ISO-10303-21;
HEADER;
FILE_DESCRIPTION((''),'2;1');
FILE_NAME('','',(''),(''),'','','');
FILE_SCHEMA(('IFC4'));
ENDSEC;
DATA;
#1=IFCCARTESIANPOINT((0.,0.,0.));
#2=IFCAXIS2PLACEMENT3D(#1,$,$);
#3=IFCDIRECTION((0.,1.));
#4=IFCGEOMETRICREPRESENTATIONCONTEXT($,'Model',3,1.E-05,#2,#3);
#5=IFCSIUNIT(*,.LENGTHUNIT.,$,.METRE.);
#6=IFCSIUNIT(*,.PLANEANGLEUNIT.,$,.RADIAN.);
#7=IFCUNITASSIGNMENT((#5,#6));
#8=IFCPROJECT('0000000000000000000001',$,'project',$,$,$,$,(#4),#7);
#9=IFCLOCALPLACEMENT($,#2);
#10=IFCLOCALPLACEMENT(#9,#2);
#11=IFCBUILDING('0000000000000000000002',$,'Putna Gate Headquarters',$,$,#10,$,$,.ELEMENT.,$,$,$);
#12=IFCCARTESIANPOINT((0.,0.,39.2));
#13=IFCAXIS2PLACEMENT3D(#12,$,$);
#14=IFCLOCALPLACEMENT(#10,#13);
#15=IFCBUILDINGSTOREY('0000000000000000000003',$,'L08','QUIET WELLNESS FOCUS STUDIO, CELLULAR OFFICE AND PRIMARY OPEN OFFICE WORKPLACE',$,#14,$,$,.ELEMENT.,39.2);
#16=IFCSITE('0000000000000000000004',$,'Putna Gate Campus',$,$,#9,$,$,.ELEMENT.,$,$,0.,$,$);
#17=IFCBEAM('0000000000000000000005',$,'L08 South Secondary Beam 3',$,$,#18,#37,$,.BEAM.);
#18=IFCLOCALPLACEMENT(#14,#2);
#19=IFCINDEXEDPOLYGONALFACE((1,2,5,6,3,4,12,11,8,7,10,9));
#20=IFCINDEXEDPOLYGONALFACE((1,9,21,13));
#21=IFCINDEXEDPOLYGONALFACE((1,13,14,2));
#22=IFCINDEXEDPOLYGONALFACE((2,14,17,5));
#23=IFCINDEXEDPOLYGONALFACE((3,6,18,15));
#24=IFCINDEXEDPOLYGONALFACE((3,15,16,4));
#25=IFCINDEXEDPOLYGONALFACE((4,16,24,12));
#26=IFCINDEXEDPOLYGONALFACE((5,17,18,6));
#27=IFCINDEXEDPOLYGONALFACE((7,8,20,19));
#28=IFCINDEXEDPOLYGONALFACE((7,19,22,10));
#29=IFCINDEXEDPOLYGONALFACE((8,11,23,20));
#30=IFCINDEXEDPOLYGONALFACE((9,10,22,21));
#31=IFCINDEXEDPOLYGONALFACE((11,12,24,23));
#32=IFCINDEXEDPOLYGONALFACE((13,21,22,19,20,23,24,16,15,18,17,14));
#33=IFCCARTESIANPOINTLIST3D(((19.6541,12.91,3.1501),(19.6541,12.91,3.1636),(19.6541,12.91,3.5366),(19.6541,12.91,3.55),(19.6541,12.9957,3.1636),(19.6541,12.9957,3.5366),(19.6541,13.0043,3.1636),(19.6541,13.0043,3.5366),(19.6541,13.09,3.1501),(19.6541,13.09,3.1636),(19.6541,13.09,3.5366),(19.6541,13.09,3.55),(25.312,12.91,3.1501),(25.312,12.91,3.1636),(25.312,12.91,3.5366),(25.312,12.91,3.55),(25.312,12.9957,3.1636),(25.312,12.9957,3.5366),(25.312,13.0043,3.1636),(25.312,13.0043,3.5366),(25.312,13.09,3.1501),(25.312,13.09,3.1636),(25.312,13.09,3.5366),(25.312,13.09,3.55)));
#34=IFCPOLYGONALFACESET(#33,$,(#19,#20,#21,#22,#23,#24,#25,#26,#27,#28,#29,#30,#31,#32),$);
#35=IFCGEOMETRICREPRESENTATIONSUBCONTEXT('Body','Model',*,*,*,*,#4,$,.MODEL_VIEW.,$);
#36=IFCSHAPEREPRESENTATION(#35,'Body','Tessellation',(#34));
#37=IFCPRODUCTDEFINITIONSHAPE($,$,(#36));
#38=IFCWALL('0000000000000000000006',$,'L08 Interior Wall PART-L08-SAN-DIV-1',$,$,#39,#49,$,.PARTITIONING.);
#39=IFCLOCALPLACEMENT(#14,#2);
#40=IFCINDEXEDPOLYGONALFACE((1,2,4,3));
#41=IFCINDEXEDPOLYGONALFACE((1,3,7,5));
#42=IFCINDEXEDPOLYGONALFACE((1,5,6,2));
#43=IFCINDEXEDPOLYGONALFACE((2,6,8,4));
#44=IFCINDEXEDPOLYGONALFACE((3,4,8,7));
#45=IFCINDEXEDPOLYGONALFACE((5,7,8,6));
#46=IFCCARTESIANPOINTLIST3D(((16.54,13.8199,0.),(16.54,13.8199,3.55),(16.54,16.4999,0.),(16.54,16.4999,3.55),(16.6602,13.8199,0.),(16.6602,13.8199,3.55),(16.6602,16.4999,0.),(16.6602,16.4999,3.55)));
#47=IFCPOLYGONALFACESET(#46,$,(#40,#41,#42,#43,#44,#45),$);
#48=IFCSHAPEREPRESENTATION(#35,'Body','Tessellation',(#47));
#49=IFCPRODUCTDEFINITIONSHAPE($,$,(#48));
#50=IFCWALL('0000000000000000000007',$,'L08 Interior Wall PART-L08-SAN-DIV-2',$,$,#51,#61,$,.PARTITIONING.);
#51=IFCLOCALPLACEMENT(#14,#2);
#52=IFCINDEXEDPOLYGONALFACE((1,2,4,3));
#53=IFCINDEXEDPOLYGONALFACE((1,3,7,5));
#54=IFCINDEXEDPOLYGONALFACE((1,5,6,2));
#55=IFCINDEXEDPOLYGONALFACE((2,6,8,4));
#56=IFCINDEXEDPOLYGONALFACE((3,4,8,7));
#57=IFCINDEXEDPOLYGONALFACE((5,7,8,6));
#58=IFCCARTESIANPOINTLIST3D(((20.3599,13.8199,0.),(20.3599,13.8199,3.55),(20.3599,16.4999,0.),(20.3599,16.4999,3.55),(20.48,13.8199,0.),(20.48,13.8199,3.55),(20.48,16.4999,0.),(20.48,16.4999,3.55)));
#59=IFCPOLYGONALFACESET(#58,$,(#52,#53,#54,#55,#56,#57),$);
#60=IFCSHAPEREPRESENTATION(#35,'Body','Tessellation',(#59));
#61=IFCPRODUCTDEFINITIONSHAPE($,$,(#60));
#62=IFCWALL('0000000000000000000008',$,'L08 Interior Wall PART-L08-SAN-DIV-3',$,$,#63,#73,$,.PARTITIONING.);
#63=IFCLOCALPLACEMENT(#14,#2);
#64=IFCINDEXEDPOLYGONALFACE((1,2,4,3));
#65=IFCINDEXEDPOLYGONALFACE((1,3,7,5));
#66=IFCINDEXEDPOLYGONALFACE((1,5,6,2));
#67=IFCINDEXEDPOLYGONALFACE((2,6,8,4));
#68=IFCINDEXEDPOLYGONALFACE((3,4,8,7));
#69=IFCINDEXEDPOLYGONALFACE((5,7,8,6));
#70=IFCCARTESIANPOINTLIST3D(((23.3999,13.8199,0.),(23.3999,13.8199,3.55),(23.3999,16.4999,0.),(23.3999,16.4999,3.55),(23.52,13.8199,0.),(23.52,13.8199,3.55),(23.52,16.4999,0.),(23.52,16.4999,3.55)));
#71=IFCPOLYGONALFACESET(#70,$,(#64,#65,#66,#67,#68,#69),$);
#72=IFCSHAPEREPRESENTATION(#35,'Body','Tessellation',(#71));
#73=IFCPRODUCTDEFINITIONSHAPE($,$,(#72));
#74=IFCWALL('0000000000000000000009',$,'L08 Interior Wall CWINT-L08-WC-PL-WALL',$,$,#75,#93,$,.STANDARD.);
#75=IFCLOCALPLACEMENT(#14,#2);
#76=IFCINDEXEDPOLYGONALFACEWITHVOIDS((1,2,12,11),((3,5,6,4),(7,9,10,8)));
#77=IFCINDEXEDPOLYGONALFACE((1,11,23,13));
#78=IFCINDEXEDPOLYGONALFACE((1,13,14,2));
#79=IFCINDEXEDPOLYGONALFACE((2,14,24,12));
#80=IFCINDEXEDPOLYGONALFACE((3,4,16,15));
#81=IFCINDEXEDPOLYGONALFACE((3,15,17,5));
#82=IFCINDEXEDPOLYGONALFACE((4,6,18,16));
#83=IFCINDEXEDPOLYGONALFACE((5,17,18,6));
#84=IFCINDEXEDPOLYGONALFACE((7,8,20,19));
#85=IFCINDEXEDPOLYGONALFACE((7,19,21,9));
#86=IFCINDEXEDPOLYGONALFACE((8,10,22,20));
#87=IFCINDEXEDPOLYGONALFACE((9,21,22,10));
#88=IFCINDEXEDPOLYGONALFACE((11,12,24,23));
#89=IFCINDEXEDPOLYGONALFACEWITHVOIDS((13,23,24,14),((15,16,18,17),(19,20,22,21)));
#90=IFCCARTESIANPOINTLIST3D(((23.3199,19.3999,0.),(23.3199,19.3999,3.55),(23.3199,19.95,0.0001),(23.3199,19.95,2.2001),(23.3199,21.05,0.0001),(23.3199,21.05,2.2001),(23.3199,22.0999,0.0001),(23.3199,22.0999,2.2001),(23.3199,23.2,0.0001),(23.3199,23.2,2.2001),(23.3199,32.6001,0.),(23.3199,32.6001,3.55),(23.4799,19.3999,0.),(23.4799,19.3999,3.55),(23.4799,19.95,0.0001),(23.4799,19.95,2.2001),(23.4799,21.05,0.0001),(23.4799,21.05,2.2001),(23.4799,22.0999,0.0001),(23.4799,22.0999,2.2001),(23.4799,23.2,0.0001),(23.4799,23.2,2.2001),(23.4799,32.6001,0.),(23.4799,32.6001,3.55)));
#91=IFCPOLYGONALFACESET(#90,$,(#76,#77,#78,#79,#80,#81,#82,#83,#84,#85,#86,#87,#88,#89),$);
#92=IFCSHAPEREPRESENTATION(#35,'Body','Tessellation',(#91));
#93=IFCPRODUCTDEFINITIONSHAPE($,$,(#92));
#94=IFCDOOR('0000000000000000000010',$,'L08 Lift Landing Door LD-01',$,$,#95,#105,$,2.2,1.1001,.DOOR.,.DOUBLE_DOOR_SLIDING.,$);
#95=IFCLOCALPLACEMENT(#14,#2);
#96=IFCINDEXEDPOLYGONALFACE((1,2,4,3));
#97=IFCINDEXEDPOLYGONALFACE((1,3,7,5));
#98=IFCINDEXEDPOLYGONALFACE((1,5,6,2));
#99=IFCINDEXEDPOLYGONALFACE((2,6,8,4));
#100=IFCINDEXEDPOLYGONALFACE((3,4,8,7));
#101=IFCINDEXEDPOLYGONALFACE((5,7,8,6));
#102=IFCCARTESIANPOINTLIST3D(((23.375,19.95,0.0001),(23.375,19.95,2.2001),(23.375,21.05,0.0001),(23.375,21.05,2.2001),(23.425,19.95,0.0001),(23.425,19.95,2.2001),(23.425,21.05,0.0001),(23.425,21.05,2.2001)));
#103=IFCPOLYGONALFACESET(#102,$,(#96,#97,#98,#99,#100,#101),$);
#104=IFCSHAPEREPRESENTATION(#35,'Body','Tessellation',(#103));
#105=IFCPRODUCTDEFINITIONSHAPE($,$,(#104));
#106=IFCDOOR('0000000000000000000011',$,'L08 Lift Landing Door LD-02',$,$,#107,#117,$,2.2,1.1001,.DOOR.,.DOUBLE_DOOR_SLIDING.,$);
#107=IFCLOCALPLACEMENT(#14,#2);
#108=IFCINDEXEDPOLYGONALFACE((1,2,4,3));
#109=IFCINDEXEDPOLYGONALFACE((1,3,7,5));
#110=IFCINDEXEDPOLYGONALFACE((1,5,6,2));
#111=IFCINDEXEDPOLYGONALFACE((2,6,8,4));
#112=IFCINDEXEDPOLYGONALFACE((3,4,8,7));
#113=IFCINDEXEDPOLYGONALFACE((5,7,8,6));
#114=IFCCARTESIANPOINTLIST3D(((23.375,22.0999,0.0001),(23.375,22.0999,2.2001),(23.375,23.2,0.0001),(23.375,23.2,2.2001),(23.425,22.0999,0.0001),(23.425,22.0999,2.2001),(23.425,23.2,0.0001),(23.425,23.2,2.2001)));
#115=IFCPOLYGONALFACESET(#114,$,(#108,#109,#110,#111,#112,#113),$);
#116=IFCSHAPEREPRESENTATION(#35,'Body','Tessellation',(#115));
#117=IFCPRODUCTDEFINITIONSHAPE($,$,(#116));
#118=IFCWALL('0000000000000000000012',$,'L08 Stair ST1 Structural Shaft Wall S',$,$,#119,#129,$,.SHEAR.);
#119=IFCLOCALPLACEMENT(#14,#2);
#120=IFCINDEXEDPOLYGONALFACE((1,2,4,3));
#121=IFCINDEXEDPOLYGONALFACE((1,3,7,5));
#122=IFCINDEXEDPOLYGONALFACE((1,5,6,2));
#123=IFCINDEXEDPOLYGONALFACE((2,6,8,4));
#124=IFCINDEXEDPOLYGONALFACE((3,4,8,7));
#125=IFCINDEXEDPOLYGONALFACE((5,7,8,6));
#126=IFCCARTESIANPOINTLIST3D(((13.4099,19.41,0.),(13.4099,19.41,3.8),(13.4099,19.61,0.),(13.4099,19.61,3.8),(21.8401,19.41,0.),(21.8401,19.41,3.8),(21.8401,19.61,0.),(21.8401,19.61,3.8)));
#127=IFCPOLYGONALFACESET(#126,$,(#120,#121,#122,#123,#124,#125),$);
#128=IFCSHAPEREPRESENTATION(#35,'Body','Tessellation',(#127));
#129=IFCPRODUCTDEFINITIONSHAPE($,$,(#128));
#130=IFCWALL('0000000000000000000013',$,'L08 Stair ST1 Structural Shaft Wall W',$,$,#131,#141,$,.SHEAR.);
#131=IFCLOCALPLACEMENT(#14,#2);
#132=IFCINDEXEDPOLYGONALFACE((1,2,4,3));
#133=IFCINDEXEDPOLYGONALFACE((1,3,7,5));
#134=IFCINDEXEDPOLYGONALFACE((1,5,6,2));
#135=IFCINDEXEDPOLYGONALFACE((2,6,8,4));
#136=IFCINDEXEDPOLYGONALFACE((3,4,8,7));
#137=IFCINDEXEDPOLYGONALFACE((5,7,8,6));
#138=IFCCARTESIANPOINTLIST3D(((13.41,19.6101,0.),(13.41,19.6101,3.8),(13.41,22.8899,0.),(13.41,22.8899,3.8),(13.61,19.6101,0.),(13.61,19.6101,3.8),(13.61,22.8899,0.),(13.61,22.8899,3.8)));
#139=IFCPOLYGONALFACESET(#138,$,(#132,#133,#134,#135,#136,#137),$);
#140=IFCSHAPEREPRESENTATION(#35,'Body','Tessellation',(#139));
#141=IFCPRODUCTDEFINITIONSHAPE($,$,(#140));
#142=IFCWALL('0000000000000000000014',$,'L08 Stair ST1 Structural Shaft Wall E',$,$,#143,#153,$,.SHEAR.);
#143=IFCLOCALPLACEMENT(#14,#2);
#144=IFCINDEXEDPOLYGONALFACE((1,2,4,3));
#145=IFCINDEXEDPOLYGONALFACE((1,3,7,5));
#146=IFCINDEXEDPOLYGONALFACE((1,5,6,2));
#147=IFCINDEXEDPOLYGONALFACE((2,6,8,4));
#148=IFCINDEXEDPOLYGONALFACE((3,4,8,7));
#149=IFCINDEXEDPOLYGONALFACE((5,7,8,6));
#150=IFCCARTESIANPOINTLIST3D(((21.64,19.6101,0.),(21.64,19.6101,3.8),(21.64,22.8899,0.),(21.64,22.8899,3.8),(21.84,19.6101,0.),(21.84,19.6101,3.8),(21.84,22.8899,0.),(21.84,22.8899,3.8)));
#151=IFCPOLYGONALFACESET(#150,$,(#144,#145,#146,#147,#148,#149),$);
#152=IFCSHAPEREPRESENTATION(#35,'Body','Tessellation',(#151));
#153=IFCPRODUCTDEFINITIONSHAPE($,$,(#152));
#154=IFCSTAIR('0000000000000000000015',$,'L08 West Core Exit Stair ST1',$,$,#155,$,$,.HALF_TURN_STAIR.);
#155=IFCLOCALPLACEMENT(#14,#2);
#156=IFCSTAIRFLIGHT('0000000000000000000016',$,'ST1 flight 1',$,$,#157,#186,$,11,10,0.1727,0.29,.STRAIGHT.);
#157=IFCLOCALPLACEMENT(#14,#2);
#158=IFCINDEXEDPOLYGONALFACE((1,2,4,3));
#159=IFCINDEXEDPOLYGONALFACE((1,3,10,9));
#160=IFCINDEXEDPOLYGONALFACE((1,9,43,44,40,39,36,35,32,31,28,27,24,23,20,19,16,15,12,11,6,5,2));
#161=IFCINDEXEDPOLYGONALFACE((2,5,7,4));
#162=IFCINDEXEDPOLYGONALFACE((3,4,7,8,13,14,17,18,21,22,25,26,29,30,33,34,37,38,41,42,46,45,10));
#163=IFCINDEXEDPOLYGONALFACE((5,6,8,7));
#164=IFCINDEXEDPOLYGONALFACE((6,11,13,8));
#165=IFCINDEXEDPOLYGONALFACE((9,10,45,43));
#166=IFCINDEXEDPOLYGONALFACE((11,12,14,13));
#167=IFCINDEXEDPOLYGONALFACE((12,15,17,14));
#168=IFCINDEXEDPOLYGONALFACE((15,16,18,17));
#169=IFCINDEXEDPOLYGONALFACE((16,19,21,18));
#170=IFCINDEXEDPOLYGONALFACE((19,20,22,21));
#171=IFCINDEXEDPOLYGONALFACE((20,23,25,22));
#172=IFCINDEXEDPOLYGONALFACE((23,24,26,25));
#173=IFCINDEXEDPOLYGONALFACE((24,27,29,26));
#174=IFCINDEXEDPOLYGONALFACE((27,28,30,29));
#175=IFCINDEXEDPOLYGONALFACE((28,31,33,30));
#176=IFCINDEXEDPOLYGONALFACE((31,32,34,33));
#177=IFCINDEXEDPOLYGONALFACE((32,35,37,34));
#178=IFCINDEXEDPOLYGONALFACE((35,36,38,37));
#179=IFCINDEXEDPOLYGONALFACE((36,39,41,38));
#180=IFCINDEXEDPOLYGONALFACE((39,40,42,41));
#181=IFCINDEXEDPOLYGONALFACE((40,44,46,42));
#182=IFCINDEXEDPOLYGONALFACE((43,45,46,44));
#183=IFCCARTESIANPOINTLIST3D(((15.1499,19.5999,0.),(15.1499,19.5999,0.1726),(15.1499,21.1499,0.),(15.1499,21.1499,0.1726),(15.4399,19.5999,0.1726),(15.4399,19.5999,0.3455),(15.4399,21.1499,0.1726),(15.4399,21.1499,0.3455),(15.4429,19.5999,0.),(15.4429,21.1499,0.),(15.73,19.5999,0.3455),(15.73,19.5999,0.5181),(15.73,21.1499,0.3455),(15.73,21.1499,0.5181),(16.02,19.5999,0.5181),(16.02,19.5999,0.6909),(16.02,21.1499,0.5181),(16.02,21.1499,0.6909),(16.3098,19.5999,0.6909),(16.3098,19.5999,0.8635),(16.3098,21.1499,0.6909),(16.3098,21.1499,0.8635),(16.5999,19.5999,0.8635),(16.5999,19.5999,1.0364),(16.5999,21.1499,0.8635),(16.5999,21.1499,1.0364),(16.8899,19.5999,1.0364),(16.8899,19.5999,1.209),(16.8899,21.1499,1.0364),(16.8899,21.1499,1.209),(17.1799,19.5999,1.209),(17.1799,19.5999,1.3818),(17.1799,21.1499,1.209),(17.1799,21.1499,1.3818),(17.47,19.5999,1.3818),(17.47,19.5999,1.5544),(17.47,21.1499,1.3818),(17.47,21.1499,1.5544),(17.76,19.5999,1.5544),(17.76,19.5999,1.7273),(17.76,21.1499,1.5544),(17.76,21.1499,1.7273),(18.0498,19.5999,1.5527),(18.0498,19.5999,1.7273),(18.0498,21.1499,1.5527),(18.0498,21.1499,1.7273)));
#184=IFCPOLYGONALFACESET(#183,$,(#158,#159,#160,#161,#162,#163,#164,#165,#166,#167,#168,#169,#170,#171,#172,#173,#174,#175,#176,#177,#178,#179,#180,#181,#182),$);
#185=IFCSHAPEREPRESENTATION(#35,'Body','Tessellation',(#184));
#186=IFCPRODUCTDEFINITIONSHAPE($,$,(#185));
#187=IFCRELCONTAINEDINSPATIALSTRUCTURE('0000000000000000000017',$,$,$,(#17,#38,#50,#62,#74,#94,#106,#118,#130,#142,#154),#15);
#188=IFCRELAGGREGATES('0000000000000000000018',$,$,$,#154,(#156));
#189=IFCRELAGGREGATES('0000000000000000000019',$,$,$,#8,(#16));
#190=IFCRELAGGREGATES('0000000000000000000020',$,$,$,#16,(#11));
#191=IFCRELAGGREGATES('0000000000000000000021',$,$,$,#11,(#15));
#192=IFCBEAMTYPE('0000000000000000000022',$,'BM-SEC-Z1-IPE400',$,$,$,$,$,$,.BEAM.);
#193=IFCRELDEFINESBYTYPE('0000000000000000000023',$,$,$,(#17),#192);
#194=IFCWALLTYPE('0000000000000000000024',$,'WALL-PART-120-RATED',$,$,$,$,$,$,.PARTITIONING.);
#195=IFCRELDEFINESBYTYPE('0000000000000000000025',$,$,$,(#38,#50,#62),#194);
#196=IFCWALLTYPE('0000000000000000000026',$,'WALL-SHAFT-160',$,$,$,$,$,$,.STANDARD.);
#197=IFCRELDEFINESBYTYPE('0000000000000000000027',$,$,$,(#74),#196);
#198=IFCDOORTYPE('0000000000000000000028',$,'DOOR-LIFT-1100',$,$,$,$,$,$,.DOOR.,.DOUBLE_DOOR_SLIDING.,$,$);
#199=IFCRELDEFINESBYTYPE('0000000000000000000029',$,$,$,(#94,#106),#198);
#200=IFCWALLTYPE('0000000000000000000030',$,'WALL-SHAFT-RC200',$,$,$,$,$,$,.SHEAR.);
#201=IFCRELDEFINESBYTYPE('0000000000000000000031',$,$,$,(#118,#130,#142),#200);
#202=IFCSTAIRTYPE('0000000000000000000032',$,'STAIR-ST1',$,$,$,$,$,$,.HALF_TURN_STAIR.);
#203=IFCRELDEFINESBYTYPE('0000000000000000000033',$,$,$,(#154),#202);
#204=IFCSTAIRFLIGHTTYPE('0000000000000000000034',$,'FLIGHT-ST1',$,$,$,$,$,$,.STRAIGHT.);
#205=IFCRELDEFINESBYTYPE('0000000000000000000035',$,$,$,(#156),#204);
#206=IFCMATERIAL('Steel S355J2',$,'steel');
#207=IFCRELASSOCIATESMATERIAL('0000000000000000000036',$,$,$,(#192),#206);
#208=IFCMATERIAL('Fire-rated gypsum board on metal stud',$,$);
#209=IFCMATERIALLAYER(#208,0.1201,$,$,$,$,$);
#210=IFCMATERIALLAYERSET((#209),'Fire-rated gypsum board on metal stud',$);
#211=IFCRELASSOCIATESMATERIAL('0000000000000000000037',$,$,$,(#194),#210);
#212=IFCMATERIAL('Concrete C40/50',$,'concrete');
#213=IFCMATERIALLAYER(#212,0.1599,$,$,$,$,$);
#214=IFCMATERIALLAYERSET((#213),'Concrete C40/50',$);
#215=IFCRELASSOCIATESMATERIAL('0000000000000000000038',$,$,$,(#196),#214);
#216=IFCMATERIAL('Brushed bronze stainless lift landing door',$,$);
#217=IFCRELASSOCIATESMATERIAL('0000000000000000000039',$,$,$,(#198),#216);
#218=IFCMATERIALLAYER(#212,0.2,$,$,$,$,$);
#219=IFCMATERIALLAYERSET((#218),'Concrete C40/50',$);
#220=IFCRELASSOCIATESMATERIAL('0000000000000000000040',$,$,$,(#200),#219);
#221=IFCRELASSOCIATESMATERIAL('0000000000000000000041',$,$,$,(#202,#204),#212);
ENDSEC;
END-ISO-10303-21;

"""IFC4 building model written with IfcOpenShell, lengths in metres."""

from ifc_helpers import new_model, si_unit, direction, frame, frame_2d, origin, origin_2d, place, context, subcontext, project, spatial, polyline, rectangle, i_section, outline, extrude, material, layer, layer_set, material_profile, profile_set, type_object, element, fill, aggregate, save


model = new_model("IFC4")

# Units and contexts
model_context = context("Model", 3, precision=1e-05, world=origin(), true_north=direction((0.0, 1.0)))
body_context = subcontext(model_context, "Body", "Model", "MODEL_VIEW")
ifc_project = project(units=[si_unit("LENGTHUNIT", "METRE"), si_unit("PLANEANGLEUNIT", "RADIAN")], contexts=[model_context])

# Site, building, storey
site_placement = place(None, origin())
site = spatial("IfcSite", under=ifc_project, at=site_placement, Name="Putna Gate Campus", CompositionType="ELEMENT", RefElevation=0.0)
building_placement = place(site_placement, origin())
building = spatial("IfcBuilding", under=site, at=building_placement, Name="Putna Gate Headquarters", CompositionType="ELEMENT")
storey_placement = place(building_placement, frame((0.0, 0.0, 39.2)))
storey = spatial("IfcBuildingStorey", under=building, at=storey_placement, Name="L08", Description="QUIET WELLNESS FOCUS STUDIO, CELLULAR OFFICE AND PRIMARY OPEN OFFICE WORKPLACE", CompositionType="ELEMENT", Elevation=39.2)

# Beam
ifc_material_1 = material(Name="Steel S355J2", Category="steel")
ifc_material_profile = material_profile(ifc_material_1, i_section(OverallWidth=0.1799, OverallDepth=0.3999, WebThickness=0.0085, FlangeThickness=0.0134, at=origin_2d()), Name="Steel S355J2")
ifc_profile_set = profile_set([ifc_material_profile], Name="Steel S355J2")
beam_type = type_object("IfcBeamType", Name="BM-SEC-Z1-IPE400", PredefinedType="BEAM", material=ifc_profile_set)
beam_placement = place(storey_placement, frame((19.6541, 13.0, 3.3501), z_axis=(1.0, 0.0, 0.0), x_axis=(0.0, 1.0, 0.0)))
element("IfcBeam", 1, at=beam_placement, inside=storey, type_object=beam_type, Name="L08 South Secondary Beam 3", PredefinedType="BEAM", context=body_context, shape_type="SweptSolid", body=[
    extrude(i_section(OverallWidth=0.1799, OverallDepth=0.3999, WebThickness=0.0085, FlangeThickness=0.0134, at=origin_2d()), origin(), (0.0, 0.0, 1.0), 5.658),
])

# Shared definitions
ifc_material_2 = material(Name="Fire-rated gypsum board on metal stud")
ifc_layer_1 = layer(ifc_material_2, 0.1201)
ifc_layer_set_1 = layer_set([ifc_layer_1], Name="Fire-rated gypsum board on metal stud")
wall_type_1 = type_object("IfcWallType", Name="WALL-PART-120-RATED", PredefinedType="PARTITIONING", material=ifc_layer_set_1)

# Walls
for number, where, z_axis, x_axis, name in (
    (2, (16.6001, 13.8201, 0.0), (0.0, 0.0, 1.0), (0.0, 1.0, 0.0), "L08 Interior Wall PART-L08-SAN-DIV-1"),
    (3, (20.4199, 13.8201, 0.0), (0.0, 0.0, 1.0), (0.0, 1.0, 0.0), "L08 Interior Wall PART-L08-SAN-DIV-2"),
    (4, (23.46, 13.8201, 0.0), (0.0, 0.0, 1.0), (0.0, 1.0, 0.0), "L08 Interior Wall PART-L08-SAN-DIV-3"),
):
    element("IfcWall", number, at=place(storey_placement, frame(where, z_axis=z_axis, x_axis=x_axis)), inside=storey, type_object=wall_type_1, Name=name, PredefinedType="PARTITIONING", context=body_context, shape_type="SweptSolid", body=[
        extrude(rectangle(XDim=2.6799, YDim=0.1201, at=frame_2d((1.3398, 0.0))), origin(), (0.0, 0.0, 1.0), 3.55),
    ])

# Wall, openings, doors
ifc_material_3 = material(Name="Concrete C40/50", Category="concrete")
ifc_layer_2 = layer(ifc_material_3, 0.1599)
ifc_layer_set_2 = layer_set([ifc_layer_2], Name="Concrete C40/50")
wall_type_2 = type_object("IfcWallType", Name="WALL-SHAFT-160", PredefinedType="STANDARD", material=ifc_layer_set_2)
wall_1_placement = place(storey_placement, frame((23.3999, 19.3999, 0.0), z_axis=(0.0, 0.0, 1.0), x_axis=(0.0, 1.0, 0.0)))
wall_1 = element("IfcWall", 5, at=wall_1_placement, inside=storey, type_object=wall_type_2, Name="L08 Interior Wall CWINT-L08-WC-PL-WALL", PredefinedType="STANDARD", context=body_context, shape_type="SweptSolid", body=[
    extrude(rectangle(XDim=13.2002, YDim=0.1599, at=frame_2d((6.6001, 0.0))), origin(), (0.0, 0.0, 1.0), 3.55),
])
opening_1_placement = place(wall_1_placement, frame((0.55, 0.0, 0.0)))
opening_1 = element("IfcOpeningElement", 6, at=opening_1_placement, cuts=wall_1, PredefinedType="OPENING", context=body_context, shape_type="SweptSolid", body=[
    extrude(rectangle(XDim=1.1001, YDim=2.2, at=frame_2d((0.55, 1.1001))), frame((0.0, 0.0898, 0.0), z_axis=(0.0, -1.0, 0.0), x_axis=(1.0, 0.0, 0.0)), (0.0, 0.0, 1.0), 0.1799),
])
opening_2_placement = place(wall_1_placement, frame((2.7, 0.0, 0.0)))
opening_2 = element("IfcOpeningElement", 7, at=opening_2_placement, cuts=wall_1, PredefinedType="OPENING", context=body_context, shape_type="SweptSolid", body=[
    extrude(rectangle(XDim=1.1001, YDim=2.2, at=frame_2d((0.55, 1.1001))), frame((0.0, 0.0898, 0.0), z_axis=(0.0, -1.0, 0.0), x_axis=(1.0, 0.0, 0.0)), (0.0, 0.0, 1.0), 0.1799),
])
ifc_material_4 = material(Name="Brushed bronze stainless lift landing door")
door_type_1 = type_object("IfcDoorType", Name="DOOR-LIFT-1100", OperationType="DOUBLE_DOOR_SLIDING", PredefinedType="DOOR", material=ifc_material_4)
door_1_placement = place(opening_1_placement, origin())
door_1 = element("IfcDoor", 8, at=door_1_placement, inside=storey, type_object=door_type_1, Name="L08 Lift Landing Door LD-01", OperationType="DOUBLE_DOOR_SLIDING", OverallHeight=2.2, OverallWidth=1.1001, PredefinedType="DOOR", context=body_context, shape_type="SweptSolid", body=[
    extrude(rectangle(XDim=1.1001, YDim=2.2, at=frame_2d((0.55, 1.1001))), frame((0.0, 0.0249, 0.0), z_axis=(0.0, -1.0, 0.0), x_axis=(1.0, 0.0, 0.0)), (0.0, 0.0, 1.0), 0.05),
])
fill(opening_1, door_1)
door_2_placement = place(opening_2_placement, origin())
door_2 = element("IfcDoor", 9, at=door_2_placement, inside=storey, type_object=door_type_1, Name="L08 Lift Landing Door LD-02", OperationType="DOUBLE_DOOR_SLIDING", OverallHeight=2.2, OverallWidth=1.1001, PredefinedType="DOOR", context=body_context, shape_type="SweptSolid", body=[
    extrude(rectangle(XDim=1.1001, YDim=2.2, at=frame_2d((0.55, 1.1001))), frame((0.0, 0.0249, 0.0), z_axis=(0.0, -1.0, 0.0), x_axis=(1.0, 0.0, 0.0)), (0.0, 0.0, 1.0), 0.05),
])
fill(opening_2, door_2)

# Walls
ifc_layer_3 = layer(ifc_material_3, 0.2)
ifc_layer_set_3 = layer_set([ifc_layer_3], Name="Concrete C40/50")
wall_type_3 = type_object("IfcWallType", Name="WALL-SHAFT-RC200", PredefinedType="SHEAR", material=ifc_layer_set_3)
wall_2_placement = place(storey_placement, frame((13.4099, 19.51, 0.0), z_axis=(0.0, 0.0, 1.0), x_axis=(1.0, 0.0, 0.0)))
element("IfcWall", 10, at=wall_2_placement, inside=storey, type_object=wall_type_3, Name="L08 Stair ST1 Structural Shaft Wall S", PredefinedType="SHEAR", context=body_context, shape_type="SweptSolid", body=[
    extrude(rectangle(XDim=8.4302, YDim=0.2, at=frame_2d((4.2151, 0.0))), origin(), (0.0, 0.0, 1.0), 3.8),
])
for number, where, z_axis, x_axis, name in (
    (11, (13.51, 19.6101, 0.0), (0.0, 0.0, 1.0), (0.0, 1.0, 0.0), "L08 Stair ST1 Structural Shaft Wall W"),
    (12, (21.74, 19.6101, 0.0), (0.0, 0.0, 1.0), (0.0, 1.0, 0.0), "L08 Stair ST1 Structural Shaft Wall E"),
):
    element("IfcWall", number, at=place(storey_placement, frame(where, z_axis=z_axis, x_axis=x_axis)), inside=storey, type_object=wall_type_3, Name=name, PredefinedType="SHEAR", context=body_context, shape_type="SweptSolid", body=[
        extrude(rectangle(XDim=3.2798, YDim=0.2, at=frame_2d((1.6399, 0.0))), origin(), (0.0, 0.0, 1.0), 3.8),
    ])

# Stair, stair flight
stair_type = type_object("IfcStairType", Name="STAIR-ST1", PredefinedType="HALF_TURN_STAIR", material=ifc_material_3)
stair_placement = place(storey_placement, origin())
stair = element("IfcStair", 13, at=stair_placement, inside=storey, type_object=stair_type, Name="L08 West Core Exit Stair ST1", PredefinedType="HALF_TURN_STAIR")
stair_flight_type = type_object("IfcStairFlightType", Name="FLIGHT-ST1", PredefinedType="STRAIGHT", material=ifc_material_3)
stair_flight_placement = place(storey_placement, frame((15.1499, 20.375, 0.0), z_axis=(0.0, 0.0, 1.0), x_axis=(1.0, 0.0, 0.0)))
stair_flight = element("IfcStairFlight", 14, at=stair_flight_placement, type_object=stair_flight_type, Name="ST1 flight 1", NumberOfRisers=11, NumberOfTreads=10, PredefinedType="STRAIGHT", RiserHeight=0.1727, TreadLength=0.29, context=body_context, shape_type="SweptSolid", body=[
    extrude(outline(polyline([(0.0, 0.0), (0.0, 0.1726), (0.29, 0.1726), (0.29, 0.3455), (0.5801, 0.3455), (0.5801, 0.5181), (0.8701, 0.5181), (0.8701, 0.6909), (1.1599, 0.6909), (1.1599, 0.8635), (1.45, 0.8635), (1.45, 1.0364), (1.74, 1.0364), (1.74, 1.209), (2.03, 1.209), (2.03, 1.3818), (2.3201, 1.3818), (2.3201, 1.5544), (2.6101, 1.5544), (2.6101, 1.7273), (2.8999, 1.7273), (2.8999, 1.8999), (2.8999, 1.5527), (0.293, 0.0), (0.0, 0.0)])), frame((0.0, 0.7749, 0.0), z_axis=(0.0, -1.0, 0.0), x_axis=(1.0, 0.0, 0.0)), (0.0, 0.0, 1.0), 1.55),
])
aggregate(stair, [stair_flight])

save(model, "model.ifc")
